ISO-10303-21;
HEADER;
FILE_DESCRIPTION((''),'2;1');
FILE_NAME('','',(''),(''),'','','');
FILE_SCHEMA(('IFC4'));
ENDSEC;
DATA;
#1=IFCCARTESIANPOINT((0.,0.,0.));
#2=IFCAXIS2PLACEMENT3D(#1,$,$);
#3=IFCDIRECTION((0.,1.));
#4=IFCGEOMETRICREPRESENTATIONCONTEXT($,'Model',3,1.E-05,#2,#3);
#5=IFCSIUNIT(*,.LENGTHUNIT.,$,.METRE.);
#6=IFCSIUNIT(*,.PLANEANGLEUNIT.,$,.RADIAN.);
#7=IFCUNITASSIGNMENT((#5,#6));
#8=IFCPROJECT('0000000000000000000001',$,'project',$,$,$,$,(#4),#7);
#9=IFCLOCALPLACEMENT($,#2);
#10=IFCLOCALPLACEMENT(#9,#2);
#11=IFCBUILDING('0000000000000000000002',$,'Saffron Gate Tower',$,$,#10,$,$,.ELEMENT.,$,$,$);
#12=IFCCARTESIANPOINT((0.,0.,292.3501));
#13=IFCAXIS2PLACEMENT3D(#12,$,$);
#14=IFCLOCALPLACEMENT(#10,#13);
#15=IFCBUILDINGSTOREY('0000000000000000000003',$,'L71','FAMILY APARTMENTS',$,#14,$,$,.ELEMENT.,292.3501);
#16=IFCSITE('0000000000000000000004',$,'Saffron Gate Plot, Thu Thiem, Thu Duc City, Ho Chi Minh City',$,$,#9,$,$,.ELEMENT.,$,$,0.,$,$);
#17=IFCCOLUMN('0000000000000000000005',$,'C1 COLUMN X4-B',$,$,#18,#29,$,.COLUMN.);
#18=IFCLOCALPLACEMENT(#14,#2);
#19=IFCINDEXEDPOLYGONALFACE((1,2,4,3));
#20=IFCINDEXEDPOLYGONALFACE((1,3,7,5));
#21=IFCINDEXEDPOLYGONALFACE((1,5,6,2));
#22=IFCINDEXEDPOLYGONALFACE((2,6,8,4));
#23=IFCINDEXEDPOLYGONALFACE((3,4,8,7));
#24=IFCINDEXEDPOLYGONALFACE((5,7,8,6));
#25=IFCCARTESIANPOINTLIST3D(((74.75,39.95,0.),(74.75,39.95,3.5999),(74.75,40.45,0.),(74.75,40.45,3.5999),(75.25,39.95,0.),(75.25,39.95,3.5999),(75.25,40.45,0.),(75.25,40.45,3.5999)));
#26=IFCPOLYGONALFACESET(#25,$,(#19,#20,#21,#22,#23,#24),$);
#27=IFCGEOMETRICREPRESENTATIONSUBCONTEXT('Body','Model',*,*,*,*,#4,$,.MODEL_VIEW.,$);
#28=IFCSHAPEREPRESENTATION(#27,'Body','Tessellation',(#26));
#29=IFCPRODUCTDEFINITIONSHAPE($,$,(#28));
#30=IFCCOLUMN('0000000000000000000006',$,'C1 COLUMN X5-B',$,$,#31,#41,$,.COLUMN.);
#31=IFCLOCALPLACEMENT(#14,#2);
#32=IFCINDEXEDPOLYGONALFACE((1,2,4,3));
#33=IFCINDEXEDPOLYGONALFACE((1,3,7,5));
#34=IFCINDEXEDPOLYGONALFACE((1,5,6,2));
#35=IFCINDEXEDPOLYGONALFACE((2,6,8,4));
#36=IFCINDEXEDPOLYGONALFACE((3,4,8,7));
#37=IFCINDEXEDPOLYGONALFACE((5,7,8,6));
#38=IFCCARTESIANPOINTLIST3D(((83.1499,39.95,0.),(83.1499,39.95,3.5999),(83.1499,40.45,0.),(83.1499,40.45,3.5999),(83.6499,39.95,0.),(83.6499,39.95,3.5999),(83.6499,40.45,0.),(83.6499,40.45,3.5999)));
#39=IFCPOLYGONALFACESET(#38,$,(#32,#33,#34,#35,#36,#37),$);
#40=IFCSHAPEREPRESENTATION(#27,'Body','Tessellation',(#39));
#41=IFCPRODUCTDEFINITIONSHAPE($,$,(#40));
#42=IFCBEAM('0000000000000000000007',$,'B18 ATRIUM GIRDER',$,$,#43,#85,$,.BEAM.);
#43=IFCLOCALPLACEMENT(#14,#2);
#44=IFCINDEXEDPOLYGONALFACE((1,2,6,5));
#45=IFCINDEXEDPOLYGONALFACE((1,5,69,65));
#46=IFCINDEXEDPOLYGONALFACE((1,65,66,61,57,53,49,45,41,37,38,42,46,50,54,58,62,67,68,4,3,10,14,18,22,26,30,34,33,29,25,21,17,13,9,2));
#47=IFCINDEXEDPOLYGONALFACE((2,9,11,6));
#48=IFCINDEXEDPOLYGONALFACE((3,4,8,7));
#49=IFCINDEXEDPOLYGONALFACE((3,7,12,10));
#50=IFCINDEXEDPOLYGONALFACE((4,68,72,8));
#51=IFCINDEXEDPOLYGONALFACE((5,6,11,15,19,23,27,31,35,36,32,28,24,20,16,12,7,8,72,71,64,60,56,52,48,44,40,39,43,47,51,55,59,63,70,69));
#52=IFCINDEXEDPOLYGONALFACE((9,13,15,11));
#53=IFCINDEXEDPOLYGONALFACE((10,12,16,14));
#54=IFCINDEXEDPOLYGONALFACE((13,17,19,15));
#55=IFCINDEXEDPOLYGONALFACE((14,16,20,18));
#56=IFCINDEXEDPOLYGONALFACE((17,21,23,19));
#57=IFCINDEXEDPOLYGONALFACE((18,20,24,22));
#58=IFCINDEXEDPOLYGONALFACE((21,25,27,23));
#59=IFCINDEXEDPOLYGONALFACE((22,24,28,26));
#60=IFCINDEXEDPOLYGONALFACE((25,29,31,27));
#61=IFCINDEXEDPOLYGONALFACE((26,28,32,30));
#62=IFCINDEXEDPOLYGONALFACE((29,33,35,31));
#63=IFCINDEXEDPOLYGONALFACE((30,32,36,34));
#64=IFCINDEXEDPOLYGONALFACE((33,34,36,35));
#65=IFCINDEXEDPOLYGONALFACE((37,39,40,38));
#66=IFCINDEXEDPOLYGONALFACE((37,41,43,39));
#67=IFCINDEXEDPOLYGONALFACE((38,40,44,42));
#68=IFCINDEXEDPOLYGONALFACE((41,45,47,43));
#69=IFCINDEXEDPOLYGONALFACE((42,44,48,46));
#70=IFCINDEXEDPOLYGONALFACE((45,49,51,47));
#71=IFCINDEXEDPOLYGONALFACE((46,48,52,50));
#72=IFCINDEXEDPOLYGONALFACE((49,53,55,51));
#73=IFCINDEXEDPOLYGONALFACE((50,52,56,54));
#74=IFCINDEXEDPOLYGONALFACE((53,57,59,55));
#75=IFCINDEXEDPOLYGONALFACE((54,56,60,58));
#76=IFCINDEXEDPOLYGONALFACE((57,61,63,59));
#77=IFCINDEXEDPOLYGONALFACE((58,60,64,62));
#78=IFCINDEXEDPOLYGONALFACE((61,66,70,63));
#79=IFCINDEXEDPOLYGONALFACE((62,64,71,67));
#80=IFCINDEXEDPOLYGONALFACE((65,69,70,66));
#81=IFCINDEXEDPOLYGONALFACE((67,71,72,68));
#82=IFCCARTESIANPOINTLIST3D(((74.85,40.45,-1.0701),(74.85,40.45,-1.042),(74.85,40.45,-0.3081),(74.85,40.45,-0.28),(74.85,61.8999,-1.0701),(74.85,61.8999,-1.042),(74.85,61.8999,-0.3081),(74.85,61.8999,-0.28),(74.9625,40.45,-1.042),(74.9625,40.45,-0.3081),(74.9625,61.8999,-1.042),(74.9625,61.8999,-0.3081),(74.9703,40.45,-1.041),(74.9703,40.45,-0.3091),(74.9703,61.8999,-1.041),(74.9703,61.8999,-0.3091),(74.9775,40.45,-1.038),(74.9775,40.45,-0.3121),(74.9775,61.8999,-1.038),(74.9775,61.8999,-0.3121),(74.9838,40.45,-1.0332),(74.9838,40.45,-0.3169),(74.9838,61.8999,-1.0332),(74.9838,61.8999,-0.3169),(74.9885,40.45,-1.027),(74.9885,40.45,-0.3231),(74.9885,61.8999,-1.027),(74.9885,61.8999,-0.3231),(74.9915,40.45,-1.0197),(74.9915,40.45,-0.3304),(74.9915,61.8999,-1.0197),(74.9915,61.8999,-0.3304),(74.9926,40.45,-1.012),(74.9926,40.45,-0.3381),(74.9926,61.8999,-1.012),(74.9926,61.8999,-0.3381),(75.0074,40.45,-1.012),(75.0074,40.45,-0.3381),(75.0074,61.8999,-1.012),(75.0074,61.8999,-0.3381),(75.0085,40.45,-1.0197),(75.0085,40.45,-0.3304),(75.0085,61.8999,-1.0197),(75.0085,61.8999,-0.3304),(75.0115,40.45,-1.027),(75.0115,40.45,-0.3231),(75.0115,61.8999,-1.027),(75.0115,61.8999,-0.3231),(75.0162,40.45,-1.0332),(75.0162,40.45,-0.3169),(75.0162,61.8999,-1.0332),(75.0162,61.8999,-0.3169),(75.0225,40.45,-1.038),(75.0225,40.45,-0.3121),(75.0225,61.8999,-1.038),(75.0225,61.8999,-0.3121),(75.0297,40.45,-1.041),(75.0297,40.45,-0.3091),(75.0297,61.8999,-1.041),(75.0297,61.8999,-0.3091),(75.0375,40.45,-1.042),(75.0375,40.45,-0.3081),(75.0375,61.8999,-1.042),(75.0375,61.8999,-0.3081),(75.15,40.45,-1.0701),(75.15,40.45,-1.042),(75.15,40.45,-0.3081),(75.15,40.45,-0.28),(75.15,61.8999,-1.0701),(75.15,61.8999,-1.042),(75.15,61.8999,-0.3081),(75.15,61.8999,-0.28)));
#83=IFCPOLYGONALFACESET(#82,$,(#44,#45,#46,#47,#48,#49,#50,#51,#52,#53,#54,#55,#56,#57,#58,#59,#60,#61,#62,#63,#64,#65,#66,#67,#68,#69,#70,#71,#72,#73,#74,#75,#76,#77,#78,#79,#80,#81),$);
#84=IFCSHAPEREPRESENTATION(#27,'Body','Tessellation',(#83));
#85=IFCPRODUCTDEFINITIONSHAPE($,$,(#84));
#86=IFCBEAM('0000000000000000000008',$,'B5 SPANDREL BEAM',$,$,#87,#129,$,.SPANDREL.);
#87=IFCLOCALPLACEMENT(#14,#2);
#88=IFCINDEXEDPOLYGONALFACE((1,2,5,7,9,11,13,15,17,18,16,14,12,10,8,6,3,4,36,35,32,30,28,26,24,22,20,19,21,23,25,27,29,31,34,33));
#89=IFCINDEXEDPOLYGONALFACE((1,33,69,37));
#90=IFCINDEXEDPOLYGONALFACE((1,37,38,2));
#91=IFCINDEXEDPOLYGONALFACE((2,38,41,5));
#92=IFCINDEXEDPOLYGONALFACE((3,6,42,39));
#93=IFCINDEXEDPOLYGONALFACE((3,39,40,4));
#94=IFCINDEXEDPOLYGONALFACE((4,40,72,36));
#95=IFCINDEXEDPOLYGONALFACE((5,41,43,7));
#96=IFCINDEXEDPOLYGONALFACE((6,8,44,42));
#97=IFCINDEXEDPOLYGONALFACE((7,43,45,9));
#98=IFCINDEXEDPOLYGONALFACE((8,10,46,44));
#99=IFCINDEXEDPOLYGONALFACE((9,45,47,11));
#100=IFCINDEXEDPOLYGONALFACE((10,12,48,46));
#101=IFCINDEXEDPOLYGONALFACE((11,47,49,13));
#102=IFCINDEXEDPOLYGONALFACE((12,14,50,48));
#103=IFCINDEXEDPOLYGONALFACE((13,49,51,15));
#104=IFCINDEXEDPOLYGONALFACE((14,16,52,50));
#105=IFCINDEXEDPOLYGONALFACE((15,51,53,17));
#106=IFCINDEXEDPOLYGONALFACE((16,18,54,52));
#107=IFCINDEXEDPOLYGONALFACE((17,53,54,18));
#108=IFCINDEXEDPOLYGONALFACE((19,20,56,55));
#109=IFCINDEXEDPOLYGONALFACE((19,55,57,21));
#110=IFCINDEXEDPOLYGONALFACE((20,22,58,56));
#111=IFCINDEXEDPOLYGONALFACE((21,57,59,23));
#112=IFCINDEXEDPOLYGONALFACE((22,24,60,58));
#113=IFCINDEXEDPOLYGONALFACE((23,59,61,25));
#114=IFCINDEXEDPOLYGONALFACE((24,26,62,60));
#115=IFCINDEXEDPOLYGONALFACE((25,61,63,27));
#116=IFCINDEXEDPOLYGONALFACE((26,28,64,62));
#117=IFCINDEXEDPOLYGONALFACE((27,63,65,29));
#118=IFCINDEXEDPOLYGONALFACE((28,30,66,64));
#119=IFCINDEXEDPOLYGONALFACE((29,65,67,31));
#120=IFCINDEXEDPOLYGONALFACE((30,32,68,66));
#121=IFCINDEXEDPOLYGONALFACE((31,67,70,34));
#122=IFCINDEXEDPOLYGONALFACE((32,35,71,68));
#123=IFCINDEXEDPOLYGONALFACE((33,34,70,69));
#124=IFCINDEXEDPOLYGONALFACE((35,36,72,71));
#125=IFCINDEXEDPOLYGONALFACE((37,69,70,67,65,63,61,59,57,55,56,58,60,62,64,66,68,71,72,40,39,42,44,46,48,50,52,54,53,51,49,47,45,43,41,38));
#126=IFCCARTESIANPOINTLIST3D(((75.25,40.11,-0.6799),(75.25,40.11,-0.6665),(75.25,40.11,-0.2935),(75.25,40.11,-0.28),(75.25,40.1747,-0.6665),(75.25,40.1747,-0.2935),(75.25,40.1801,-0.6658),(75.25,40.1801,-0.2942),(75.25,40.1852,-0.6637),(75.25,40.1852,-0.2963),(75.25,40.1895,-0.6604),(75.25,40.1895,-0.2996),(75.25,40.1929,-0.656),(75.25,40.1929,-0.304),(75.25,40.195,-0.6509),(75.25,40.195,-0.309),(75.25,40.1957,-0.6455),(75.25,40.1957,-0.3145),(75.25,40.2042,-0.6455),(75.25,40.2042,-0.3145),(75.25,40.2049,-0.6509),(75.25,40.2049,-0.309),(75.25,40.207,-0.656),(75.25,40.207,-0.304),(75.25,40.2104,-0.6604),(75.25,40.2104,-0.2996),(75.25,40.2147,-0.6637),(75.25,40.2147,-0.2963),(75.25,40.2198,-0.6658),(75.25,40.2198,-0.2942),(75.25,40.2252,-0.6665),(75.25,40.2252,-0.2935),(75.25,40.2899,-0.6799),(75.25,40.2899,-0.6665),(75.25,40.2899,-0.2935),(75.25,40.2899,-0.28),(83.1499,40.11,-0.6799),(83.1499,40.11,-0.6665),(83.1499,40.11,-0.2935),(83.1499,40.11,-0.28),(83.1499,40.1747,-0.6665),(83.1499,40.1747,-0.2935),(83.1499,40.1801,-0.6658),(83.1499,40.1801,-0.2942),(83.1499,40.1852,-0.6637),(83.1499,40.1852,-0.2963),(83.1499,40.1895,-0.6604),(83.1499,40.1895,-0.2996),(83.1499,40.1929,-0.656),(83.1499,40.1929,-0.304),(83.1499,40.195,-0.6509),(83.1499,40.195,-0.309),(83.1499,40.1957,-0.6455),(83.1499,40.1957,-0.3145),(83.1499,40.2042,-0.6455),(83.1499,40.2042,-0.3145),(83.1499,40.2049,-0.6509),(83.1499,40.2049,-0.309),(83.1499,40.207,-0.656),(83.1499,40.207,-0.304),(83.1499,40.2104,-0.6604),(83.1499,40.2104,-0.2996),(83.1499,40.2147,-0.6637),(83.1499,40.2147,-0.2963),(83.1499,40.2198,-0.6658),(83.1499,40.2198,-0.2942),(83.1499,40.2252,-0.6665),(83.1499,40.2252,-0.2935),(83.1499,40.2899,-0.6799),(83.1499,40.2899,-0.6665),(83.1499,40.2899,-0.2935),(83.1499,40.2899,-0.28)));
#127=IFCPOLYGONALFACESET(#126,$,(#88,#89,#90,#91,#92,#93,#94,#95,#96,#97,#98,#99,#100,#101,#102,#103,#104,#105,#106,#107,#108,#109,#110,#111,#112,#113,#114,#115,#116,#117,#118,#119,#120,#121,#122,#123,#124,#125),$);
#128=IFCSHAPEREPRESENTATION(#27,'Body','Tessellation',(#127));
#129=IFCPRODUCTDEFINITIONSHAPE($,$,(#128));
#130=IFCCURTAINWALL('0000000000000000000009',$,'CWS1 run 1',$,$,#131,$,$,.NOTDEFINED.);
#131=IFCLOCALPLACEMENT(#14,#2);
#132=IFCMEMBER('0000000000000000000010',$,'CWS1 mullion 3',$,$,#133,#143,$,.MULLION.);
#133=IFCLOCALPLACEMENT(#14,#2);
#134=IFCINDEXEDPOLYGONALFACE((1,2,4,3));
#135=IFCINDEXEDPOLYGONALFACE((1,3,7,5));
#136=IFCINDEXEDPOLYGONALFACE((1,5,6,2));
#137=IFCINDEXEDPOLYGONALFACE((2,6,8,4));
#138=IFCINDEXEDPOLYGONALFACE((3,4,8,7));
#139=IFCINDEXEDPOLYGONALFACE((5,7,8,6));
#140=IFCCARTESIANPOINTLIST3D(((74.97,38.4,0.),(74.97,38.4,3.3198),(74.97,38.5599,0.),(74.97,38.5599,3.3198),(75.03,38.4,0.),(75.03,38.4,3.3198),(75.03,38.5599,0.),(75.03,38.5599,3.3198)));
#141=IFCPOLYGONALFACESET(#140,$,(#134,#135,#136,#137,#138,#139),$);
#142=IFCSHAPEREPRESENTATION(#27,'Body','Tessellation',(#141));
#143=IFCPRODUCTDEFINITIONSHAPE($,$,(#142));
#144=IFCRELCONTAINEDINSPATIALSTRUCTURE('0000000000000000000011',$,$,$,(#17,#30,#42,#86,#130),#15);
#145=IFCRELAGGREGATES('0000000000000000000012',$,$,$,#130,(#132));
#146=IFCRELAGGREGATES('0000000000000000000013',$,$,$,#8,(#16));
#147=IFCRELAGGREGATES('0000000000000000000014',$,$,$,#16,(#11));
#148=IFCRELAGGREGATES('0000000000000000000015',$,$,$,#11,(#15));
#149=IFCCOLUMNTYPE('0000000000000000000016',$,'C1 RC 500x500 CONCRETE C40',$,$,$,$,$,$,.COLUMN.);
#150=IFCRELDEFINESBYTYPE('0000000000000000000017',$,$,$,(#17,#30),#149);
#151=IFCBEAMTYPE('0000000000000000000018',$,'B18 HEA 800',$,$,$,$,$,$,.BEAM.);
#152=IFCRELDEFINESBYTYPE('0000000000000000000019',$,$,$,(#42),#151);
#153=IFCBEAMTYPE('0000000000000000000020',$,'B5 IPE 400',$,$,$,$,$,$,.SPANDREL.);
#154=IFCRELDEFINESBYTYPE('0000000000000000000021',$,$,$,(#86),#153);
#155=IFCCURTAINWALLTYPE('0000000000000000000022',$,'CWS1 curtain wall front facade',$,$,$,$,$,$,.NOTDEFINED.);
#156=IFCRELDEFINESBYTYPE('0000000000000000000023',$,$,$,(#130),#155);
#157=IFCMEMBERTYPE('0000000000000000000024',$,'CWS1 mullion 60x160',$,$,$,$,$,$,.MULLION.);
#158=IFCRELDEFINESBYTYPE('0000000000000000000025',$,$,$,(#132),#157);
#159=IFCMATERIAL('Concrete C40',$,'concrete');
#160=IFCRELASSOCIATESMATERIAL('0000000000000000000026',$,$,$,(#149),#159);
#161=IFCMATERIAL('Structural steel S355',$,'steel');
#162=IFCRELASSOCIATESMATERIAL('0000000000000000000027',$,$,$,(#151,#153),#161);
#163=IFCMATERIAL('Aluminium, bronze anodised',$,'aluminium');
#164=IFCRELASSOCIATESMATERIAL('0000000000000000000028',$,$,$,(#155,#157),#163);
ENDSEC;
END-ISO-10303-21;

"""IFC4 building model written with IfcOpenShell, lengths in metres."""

from ifc_helpers import new_model, si_unit, direction, frame, origin, origin_2d, place, context, subcontext, project, spatial, rectangle, i_section, extrude, material, material_profile, profile_set, type_object, element, aggregate, save


model = new_model("IFC4")

# Units and contexts
model_context = context("Model", 3, precision=1e-05, world=origin(), true_north=direction((0.0, 1.0)))
body_context = subcontext(model_context, "Body", "Model", "MODEL_VIEW")
ifc_project = project(units=[si_unit("LENGTHUNIT", "METRE"), si_unit("PLANEANGLEUNIT", "RADIAN")], contexts=[model_context])

# Site, building, storey
site_placement = place(None, origin())
site = spatial("IfcSite", under=ifc_project, at=site_placement, Name="Saffron Gate Plot, Thu Thiem, Thu Duc City, Ho Chi Minh City", CompositionType="ELEMENT", RefElevation=0.0)
building_placement = place(site_placement, origin())
building = spatial("IfcBuilding", under=site, at=building_placement, Name="Saffron Gate Tower", CompositionType="ELEMENT")
storey_placement = place(building_placement, frame((0.0, 0.0, 292.3501)))
storey = spatial("IfcBuildingStorey", under=building, at=storey_placement, Name="L71", Description="FAMILY APARTMENTS", CompositionType="ELEMENT", Elevation=292.3501)

# Columns
ifc_material_1 = material(Name="Concrete C40", Category="concrete")
ifc_material_profile_1 = material_profile(ifc_material_1, rectangle(XDim=0.5, YDim=0.5, at=origin_2d()))
ifc_profile_set_1 = profile_set([ifc_material_profile_1], Name="Concrete C40")
column_type = type_object("IfcColumnType", Name="C1 RC 500x500 CONCRETE C40", PredefinedType="COLUMN", material=ifc_profile_set_1)
for number, where, z_axis, x_axis, name in (
    (1, (75.0, 40.2, 0.0), (0.0, 0.0, 1.0), (1.0, 0.0, 0.0), "C1 COLUMN X4-B"),
    (2, (83.3999, 40.2, 0.0), (0.0, 0.0, 1.0), (1.0, 0.0, 0.0), "C1 COLUMN X5-B"),
):
    element("IfcColumn", number, at=place(storey_placement, frame(where, z_axis=z_axis, x_axis=x_axis)), inside=storey, type_object=column_type, Name=name, PredefinedType="COLUMN", context=body_context, shape_type="SweptSolid", body=[
        extrude(rectangle(XDim=0.5, YDim=0.5, at=origin_2d()), origin(), (0.0, 0.0, 1.0), 3.5999),
    ])

# Beams
ifc_material_2 = material(Name="Structural steel S355", Category="steel")
ifc_material_profile_2 = material_profile(ifc_material_2, i_section(OverallWidth=0.3, OverallDepth=0.79, WebThickness=0.0149, FlangeThickness=0.0281, FilletRadius=0.03, at=origin_2d()))
ifc_profile_set_2 = profile_set([ifc_material_profile_2], Name="Structural steel S355")
beam_type_1 = type_object("IfcBeamType", Name="B18 HEA 800", PredefinedType="BEAM", material=ifc_profile_set_2)
beam_1_placement = place(storey_placement, frame((75.0, 40.45, -0.675), z_axis=(0.0, 1.0, 0.0), x_axis=(-1.0, 0.0, 0.0)))
element("IfcBeam", 3, at=beam_1_placement, inside=storey, type_object=beam_type_1, Name="B18 ATRIUM GIRDER", PredefinedType="BEAM", context=body_context, shape_type="SweptSolid", body=[
    extrude(i_section(OverallWidth=0.3, OverallDepth=0.79, WebThickness=0.0149, FlangeThickness=0.0281, FilletRadius=0.03, at=origin_2d()), origin(), (0.0, 0.0, 1.0), 21.45),
])
ifc_material_profile_3 = material_profile(ifc_material_2, i_section(OverallWidth=0.1799, OverallDepth=0.3999, WebThickness=0.0085, FlangeThickness=0.0134, FilletRadius=0.021, at=origin_2d()))
ifc_profile_set_3 = profile_set([ifc_material_profile_3], Name="Structural steel S355")
beam_type_2 = type_object("IfcBeamType", Name="B5 IPE 400", PredefinedType="SPANDREL", material=ifc_profile_set_3)
beam_2_placement = place(storey_placement, frame((75.25, 40.2, -0.48), z_axis=(1.0, 0.0, 0.0), x_axis=(0.0, 1.0, 0.0)))
element("IfcBeam", 4, at=beam_2_placement, inside=storey, type_object=beam_type_2, Name="B5 SPANDREL BEAM", PredefinedType="SPANDREL", context=body_context, shape_type="SweptSolid", body=[
    extrude(i_section(OverallWidth=0.1799, OverallDepth=0.3999, WebThickness=0.0085, FlangeThickness=0.0134, FilletRadius=0.021, at=origin_2d()), origin(), (0.0, 0.0, 1.0), 7.8999),
])

# Curtain wall, member
ifc_material_3 = material(Name="Aluminium, bronze anodised", Category="aluminium")
curtain_wall_type = type_object("IfcCurtainWallType", Name="CWS1 curtain wall front facade", PredefinedType="NOTDEFINED", material=ifc_material_3)
curtain_wall_placement = place(storey_placement, origin())
curtain_wall = element("IfcCurtainWall", 5, at=curtain_wall_placement, inside=storey, type_object=curtain_wall_type, Name="CWS1 run 1", PredefinedType="NOTDEFINED")
ifc_material_profile_4 = material_profile(ifc_material_3, rectangle(XDim=0.1599, YDim=0.0601, at=origin_2d()))
ifc_profile_set_4 = profile_set([ifc_material_profile_4], Name="Aluminium, bronze anodised")
member_type = type_object("IfcMemberType", Name="CWS1 mullion 60x160", PredefinedType="MULLION", material=ifc_profile_set_4)
member_placement = place(storey_placement, frame((75.0, 38.48, 0.0), z_axis=(0.0, 0.0, 1.0), x_axis=(0.0, 1.0, 0.0)))
member = element("IfcMember", 6, at=member_placement, type_object=member_type, Name="CWS1 mullion 3", PredefinedType="MULLION", context=body_context, shape_type="SweptSolid", body=[
    extrude(rectangle(XDim=0.1599, YDim=0.0601, at=origin_2d()), origin(), (0.0, 0.0, 1.0), 3.3198),
])
aggregate(curtain_wall, [member])

save(model, "model.ifc")
